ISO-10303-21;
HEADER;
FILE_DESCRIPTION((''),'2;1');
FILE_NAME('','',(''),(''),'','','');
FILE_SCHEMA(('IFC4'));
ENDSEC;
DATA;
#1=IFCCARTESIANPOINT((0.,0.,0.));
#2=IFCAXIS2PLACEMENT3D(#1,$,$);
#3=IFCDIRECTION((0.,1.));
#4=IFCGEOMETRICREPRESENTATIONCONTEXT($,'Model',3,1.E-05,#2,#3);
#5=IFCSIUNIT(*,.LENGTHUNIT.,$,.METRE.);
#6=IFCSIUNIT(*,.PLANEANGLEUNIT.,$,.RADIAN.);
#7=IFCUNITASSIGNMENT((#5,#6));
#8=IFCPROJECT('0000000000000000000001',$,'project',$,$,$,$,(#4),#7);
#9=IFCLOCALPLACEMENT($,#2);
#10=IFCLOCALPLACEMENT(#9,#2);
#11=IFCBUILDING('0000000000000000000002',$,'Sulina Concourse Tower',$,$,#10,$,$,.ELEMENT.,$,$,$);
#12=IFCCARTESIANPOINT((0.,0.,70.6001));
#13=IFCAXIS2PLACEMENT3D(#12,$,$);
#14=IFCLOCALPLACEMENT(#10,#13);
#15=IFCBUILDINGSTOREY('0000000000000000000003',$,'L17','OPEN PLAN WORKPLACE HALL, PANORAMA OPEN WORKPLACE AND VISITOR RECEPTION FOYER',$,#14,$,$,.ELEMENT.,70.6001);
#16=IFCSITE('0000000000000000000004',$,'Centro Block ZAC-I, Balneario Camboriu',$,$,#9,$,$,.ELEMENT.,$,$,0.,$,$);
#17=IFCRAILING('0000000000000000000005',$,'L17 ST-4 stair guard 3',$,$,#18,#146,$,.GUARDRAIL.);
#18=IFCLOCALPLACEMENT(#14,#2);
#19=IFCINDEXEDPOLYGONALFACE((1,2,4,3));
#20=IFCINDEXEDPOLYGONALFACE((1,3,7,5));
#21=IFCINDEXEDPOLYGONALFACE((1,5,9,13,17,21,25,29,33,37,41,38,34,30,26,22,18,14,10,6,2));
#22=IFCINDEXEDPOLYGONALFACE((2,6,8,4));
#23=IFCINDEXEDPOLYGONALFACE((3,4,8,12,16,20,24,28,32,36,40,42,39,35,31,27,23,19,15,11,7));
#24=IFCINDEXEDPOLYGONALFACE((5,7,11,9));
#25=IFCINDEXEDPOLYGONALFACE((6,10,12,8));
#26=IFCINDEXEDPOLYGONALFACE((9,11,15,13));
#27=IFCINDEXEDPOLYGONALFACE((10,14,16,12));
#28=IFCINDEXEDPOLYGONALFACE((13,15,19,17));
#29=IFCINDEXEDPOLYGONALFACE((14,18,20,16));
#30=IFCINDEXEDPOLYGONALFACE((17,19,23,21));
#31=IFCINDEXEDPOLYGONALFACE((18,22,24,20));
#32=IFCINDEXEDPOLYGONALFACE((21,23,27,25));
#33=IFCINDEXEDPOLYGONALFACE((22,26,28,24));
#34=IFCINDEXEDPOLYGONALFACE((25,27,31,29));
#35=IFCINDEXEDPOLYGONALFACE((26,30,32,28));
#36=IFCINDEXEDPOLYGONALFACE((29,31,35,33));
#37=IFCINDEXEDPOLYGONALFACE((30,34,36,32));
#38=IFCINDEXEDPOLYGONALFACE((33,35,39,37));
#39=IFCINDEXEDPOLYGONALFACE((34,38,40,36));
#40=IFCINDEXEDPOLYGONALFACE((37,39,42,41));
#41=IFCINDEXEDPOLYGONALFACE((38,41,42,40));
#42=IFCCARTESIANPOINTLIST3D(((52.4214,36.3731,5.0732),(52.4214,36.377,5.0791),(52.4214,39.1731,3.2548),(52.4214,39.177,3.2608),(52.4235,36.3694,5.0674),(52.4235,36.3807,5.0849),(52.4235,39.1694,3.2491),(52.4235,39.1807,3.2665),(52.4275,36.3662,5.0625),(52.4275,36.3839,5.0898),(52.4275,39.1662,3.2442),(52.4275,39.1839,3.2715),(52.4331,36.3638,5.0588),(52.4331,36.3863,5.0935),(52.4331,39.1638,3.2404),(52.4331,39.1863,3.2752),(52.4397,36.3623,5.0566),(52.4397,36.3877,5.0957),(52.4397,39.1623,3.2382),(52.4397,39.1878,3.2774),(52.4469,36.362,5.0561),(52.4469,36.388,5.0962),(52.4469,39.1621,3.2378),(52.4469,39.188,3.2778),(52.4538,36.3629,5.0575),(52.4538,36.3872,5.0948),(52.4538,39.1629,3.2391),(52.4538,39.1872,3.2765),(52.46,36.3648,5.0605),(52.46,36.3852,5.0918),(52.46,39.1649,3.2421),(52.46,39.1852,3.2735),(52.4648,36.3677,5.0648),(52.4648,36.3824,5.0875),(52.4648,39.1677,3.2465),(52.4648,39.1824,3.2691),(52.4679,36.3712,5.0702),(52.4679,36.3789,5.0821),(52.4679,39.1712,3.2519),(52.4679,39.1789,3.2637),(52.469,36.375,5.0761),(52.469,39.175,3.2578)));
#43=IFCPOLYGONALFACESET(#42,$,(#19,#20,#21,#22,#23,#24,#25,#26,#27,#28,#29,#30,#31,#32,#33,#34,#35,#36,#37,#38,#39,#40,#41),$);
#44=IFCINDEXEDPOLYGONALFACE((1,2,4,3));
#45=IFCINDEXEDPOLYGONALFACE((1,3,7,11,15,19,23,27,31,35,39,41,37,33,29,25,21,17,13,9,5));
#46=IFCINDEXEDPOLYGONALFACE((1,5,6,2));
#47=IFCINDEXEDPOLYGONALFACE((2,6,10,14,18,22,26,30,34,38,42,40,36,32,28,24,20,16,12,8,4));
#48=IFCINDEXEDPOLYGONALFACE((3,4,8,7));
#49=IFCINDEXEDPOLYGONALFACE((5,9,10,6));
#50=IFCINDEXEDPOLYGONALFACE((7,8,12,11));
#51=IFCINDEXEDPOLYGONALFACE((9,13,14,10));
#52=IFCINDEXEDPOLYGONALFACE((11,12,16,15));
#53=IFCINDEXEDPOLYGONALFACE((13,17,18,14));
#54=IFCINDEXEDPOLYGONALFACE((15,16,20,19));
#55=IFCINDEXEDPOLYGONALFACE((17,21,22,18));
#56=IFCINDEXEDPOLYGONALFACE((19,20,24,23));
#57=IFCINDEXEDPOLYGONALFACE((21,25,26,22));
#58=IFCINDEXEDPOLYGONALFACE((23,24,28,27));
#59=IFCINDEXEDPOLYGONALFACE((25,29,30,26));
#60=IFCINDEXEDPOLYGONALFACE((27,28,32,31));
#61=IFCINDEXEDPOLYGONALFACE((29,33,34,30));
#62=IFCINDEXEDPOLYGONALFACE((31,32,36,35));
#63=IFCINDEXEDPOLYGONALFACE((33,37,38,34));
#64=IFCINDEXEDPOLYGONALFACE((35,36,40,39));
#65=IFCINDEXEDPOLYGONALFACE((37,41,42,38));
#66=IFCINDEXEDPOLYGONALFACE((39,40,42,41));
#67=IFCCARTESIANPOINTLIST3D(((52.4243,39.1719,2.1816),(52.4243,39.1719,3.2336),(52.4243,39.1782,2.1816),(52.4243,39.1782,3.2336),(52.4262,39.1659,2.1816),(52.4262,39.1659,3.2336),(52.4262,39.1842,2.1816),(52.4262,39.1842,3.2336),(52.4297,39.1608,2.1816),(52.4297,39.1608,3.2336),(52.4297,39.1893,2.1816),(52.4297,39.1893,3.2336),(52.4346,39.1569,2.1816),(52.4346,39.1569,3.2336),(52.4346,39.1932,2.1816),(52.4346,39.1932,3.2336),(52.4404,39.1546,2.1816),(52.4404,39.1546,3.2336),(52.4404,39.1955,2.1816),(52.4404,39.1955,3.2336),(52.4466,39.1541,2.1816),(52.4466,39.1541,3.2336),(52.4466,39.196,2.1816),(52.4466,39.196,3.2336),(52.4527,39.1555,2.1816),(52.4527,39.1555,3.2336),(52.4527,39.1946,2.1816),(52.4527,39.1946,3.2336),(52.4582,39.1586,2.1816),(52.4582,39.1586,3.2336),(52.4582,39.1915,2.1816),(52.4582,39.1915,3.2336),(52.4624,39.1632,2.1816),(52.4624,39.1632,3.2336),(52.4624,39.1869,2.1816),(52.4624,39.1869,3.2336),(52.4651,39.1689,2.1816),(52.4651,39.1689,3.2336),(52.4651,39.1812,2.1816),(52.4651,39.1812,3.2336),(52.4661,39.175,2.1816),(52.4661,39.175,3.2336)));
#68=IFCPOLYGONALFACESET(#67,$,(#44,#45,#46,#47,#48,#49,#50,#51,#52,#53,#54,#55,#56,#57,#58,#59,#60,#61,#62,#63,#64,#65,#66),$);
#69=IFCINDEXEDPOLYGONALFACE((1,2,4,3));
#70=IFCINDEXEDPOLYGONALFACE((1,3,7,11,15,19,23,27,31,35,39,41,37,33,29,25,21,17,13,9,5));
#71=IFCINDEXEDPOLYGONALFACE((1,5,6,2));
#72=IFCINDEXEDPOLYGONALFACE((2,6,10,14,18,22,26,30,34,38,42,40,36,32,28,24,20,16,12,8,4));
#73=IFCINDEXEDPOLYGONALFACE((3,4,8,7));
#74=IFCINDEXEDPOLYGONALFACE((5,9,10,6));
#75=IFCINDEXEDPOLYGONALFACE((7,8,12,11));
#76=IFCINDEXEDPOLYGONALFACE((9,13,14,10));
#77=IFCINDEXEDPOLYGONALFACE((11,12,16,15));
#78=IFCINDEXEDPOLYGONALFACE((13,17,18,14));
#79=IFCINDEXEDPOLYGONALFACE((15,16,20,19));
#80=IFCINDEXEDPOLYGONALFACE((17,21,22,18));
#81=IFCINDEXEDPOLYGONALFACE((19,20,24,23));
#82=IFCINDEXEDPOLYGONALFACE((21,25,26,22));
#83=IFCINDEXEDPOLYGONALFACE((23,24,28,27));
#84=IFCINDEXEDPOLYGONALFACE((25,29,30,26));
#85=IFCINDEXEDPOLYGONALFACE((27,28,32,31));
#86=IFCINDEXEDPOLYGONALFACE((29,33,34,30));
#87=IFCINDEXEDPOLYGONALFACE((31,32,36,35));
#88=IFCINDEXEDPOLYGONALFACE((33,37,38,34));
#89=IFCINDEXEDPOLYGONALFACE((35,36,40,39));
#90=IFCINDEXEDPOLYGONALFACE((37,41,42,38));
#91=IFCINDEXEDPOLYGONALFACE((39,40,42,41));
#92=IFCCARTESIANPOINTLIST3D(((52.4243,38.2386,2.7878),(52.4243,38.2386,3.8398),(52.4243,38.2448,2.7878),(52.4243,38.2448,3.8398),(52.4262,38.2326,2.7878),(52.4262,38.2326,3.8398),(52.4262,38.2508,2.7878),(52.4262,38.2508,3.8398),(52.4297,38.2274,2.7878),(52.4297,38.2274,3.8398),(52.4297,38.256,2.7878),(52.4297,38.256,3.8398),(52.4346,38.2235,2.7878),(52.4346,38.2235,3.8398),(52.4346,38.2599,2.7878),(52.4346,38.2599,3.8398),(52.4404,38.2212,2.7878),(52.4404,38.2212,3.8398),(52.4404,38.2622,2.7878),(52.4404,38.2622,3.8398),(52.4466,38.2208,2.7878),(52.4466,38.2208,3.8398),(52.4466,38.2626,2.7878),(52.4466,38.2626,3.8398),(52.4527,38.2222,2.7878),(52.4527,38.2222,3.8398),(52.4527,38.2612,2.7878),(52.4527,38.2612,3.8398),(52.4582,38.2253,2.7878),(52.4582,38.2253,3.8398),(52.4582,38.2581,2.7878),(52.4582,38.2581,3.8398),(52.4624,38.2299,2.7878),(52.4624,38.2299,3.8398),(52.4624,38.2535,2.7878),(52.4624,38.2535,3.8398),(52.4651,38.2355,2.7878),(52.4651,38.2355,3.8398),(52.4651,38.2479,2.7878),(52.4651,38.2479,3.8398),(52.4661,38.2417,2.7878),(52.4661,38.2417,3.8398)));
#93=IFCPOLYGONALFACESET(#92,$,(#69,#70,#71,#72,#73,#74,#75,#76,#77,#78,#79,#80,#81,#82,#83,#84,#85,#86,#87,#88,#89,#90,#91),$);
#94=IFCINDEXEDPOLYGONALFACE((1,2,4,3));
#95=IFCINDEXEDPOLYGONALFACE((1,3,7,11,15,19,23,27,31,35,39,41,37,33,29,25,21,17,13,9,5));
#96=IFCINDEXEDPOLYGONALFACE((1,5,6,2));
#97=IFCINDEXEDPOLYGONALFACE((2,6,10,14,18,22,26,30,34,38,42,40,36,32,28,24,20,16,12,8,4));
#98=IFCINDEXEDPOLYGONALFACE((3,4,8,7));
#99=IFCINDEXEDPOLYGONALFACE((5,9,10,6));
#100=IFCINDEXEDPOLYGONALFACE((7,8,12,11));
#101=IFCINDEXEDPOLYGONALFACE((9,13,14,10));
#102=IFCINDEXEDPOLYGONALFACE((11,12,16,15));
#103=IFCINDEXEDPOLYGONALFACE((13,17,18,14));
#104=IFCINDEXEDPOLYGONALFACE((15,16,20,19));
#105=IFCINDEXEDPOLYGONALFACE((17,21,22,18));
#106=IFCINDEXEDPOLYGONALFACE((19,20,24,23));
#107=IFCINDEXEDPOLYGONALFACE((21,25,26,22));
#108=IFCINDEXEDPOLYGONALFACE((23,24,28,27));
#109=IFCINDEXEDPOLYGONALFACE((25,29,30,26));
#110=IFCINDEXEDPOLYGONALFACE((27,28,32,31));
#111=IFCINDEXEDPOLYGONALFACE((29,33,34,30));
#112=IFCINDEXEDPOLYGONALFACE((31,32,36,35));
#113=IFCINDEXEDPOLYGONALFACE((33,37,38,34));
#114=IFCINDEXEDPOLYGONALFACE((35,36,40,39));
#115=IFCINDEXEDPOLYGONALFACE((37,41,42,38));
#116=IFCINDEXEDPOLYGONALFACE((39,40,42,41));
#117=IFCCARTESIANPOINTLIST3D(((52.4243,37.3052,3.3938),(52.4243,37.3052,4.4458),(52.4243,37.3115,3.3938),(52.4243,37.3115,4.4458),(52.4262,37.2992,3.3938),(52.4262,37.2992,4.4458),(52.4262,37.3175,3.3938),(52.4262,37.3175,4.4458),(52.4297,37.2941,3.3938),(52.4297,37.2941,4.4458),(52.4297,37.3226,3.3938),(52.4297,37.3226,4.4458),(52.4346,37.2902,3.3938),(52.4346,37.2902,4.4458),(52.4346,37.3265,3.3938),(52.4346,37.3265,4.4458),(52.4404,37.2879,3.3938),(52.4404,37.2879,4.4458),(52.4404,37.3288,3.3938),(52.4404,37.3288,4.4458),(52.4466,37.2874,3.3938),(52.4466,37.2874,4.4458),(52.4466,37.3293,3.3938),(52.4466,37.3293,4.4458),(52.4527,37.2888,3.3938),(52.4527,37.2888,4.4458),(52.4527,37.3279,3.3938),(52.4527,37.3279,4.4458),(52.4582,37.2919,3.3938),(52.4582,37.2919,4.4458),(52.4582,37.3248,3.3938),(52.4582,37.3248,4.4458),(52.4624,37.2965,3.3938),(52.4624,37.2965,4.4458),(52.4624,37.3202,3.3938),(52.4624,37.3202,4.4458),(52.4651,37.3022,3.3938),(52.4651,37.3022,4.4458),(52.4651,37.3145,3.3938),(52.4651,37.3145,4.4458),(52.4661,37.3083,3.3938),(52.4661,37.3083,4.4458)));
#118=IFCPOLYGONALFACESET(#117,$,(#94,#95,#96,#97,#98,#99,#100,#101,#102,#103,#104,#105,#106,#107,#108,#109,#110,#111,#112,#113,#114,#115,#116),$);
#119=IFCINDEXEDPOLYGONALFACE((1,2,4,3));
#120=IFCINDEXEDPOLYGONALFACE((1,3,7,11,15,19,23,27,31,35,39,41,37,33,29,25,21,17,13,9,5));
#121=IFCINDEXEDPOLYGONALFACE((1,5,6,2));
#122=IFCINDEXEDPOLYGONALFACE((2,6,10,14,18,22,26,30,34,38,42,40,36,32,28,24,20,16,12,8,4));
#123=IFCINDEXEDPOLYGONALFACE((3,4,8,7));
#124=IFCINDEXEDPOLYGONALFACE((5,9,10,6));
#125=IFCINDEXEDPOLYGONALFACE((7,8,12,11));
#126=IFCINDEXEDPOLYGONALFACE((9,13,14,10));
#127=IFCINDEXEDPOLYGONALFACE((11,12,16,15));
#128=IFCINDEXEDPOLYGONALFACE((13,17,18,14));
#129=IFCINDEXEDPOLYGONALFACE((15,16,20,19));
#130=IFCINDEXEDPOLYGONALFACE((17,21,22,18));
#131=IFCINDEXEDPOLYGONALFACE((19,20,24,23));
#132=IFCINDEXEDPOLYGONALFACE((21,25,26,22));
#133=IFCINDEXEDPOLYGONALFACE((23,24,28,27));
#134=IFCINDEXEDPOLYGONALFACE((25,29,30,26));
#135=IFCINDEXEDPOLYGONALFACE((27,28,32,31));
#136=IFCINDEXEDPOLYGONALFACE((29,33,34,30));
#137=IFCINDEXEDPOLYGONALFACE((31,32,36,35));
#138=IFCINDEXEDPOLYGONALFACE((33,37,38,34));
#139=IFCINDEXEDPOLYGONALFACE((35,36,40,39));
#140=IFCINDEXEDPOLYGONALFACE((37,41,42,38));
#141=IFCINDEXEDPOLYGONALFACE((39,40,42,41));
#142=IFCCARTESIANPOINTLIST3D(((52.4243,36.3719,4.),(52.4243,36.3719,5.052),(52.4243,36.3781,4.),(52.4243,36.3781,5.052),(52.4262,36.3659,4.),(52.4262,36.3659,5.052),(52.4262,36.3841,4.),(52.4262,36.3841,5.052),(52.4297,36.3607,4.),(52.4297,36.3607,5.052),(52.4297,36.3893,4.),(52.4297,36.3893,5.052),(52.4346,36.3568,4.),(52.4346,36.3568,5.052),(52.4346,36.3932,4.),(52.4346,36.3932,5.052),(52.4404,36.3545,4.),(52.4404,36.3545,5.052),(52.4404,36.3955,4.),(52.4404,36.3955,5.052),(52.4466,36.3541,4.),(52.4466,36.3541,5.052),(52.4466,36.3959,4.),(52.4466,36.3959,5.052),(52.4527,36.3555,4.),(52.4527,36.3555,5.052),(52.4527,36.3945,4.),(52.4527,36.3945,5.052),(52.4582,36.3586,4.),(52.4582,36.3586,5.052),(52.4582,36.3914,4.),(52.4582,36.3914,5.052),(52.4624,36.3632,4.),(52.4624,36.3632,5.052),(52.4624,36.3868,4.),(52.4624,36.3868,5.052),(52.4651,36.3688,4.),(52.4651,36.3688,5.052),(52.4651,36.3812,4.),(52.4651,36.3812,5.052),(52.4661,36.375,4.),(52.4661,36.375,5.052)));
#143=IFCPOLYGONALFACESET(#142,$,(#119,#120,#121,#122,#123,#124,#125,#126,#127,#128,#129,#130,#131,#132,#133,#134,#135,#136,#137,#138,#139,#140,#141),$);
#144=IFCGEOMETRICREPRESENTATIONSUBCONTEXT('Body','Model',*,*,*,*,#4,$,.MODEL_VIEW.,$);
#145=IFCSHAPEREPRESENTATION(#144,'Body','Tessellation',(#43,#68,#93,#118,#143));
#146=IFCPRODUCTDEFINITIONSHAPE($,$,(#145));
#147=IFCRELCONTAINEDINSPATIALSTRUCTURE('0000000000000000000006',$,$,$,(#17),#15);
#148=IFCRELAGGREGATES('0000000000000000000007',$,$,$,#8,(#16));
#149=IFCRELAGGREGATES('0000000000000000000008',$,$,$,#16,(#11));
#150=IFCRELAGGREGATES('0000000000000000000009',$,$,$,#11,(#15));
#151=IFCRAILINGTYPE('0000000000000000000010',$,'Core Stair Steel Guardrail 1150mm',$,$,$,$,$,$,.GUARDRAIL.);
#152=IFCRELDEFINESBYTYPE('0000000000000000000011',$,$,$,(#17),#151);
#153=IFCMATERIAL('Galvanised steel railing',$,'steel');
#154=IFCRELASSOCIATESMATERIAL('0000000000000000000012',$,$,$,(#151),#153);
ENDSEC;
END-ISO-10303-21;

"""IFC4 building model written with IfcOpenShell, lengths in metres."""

from ifc_helpers import new_model, si_unit, direction, frame, origin, origin_2d, place, context, subcontext, project, spatial, circle, extrude, material, type_object, element, save


model = new_model("IFC4")

# Units and contexts
model_context = context("Model", 3, precision=1e-05, world=origin(), true_north=direction((0.0, 1.0)))
body_context = subcontext(model_context, "Body", "Model", "MODEL_VIEW")
ifc_project = project(units=[si_unit("LENGTHUNIT", "METRE"), si_unit("PLANEANGLEUNIT", "RADIAN")], contexts=[model_context])

# Site, building, storey
site_placement = place(None, origin())
site = spatial("IfcSite", under=ifc_project, at=site_placement, Name="Centro Block ZAC-I, Balneario Camboriu", CompositionType="ELEMENT", RefElevation=0.0)
building_placement = place(site_placement, origin())
building = spatial("IfcBuilding", under=site, at=building_placement, Name="Sulina Concourse Tower", CompositionType="ELEMENT")
storey_placement = place(building_placement, frame((0.0, 0.0, 70.6001)))
storey = spatial("IfcBuildingStorey", under=building, at=storey_placement, Name="L17", Description="OPEN PLAN WORKPLACE HALL, PANORAMA OPEN WORKPLACE AND VISITOR RECEPTION FOYER", CompositionType="ELEMENT", Elevation=70.6001)

# Railing
ifc_material_1 = material(Name="Galvanised steel railing", Category="steel")
railing_type_1 = type_object("IfcRailingType", Name="Core Stair Steel Guardrail 1150mm", PredefinedType="GUARDRAIL", material=ifc_material_1)
railing_1_placement = place(storey_placement, frame((52.4451, 39.175, 2.1816)))
element("IfcRailing", 1, at=railing_1_placement, inside=storey, type_object=railing_type_1, Name="L17 ST-4 stair guard 3", PredefinedType="GUARDRAIL", context=body_context, shape_type="SweptSolid", body=[
    extrude(circle(Radius=0.0239, at=origin_2d()), frame((0.0, 0.0, 1.0762), z_axis=(0.0, -0.838672, 0.544636), x_axis=(1.0, 0.0, 0.0)), (0.0, 0.0, 1.0), 3.3386),
    extrude(circle(Radius=0.021, at=origin_2d()), origin(), (0.0, 0.0, 1.0), 1.052),
    extrude(circle(Radius=0.021, at=origin_2d()), frame((0.0, -0.9333, 0.6062)), (0.0, 0.0, 1.0), 1.052),
    extrude(circle(Radius=0.021, at=origin_2d()), frame((0.0, -1.8667, 1.2122)), (0.0, 0.0, 1.0), 1.052),
    extrude(circle(Radius=0.021, at=origin_2d()), frame((0.0, -2.8, 1.8184)), (0.0, 0.0, 1.0), 1.052),
])

save(model, "model.ifc")
